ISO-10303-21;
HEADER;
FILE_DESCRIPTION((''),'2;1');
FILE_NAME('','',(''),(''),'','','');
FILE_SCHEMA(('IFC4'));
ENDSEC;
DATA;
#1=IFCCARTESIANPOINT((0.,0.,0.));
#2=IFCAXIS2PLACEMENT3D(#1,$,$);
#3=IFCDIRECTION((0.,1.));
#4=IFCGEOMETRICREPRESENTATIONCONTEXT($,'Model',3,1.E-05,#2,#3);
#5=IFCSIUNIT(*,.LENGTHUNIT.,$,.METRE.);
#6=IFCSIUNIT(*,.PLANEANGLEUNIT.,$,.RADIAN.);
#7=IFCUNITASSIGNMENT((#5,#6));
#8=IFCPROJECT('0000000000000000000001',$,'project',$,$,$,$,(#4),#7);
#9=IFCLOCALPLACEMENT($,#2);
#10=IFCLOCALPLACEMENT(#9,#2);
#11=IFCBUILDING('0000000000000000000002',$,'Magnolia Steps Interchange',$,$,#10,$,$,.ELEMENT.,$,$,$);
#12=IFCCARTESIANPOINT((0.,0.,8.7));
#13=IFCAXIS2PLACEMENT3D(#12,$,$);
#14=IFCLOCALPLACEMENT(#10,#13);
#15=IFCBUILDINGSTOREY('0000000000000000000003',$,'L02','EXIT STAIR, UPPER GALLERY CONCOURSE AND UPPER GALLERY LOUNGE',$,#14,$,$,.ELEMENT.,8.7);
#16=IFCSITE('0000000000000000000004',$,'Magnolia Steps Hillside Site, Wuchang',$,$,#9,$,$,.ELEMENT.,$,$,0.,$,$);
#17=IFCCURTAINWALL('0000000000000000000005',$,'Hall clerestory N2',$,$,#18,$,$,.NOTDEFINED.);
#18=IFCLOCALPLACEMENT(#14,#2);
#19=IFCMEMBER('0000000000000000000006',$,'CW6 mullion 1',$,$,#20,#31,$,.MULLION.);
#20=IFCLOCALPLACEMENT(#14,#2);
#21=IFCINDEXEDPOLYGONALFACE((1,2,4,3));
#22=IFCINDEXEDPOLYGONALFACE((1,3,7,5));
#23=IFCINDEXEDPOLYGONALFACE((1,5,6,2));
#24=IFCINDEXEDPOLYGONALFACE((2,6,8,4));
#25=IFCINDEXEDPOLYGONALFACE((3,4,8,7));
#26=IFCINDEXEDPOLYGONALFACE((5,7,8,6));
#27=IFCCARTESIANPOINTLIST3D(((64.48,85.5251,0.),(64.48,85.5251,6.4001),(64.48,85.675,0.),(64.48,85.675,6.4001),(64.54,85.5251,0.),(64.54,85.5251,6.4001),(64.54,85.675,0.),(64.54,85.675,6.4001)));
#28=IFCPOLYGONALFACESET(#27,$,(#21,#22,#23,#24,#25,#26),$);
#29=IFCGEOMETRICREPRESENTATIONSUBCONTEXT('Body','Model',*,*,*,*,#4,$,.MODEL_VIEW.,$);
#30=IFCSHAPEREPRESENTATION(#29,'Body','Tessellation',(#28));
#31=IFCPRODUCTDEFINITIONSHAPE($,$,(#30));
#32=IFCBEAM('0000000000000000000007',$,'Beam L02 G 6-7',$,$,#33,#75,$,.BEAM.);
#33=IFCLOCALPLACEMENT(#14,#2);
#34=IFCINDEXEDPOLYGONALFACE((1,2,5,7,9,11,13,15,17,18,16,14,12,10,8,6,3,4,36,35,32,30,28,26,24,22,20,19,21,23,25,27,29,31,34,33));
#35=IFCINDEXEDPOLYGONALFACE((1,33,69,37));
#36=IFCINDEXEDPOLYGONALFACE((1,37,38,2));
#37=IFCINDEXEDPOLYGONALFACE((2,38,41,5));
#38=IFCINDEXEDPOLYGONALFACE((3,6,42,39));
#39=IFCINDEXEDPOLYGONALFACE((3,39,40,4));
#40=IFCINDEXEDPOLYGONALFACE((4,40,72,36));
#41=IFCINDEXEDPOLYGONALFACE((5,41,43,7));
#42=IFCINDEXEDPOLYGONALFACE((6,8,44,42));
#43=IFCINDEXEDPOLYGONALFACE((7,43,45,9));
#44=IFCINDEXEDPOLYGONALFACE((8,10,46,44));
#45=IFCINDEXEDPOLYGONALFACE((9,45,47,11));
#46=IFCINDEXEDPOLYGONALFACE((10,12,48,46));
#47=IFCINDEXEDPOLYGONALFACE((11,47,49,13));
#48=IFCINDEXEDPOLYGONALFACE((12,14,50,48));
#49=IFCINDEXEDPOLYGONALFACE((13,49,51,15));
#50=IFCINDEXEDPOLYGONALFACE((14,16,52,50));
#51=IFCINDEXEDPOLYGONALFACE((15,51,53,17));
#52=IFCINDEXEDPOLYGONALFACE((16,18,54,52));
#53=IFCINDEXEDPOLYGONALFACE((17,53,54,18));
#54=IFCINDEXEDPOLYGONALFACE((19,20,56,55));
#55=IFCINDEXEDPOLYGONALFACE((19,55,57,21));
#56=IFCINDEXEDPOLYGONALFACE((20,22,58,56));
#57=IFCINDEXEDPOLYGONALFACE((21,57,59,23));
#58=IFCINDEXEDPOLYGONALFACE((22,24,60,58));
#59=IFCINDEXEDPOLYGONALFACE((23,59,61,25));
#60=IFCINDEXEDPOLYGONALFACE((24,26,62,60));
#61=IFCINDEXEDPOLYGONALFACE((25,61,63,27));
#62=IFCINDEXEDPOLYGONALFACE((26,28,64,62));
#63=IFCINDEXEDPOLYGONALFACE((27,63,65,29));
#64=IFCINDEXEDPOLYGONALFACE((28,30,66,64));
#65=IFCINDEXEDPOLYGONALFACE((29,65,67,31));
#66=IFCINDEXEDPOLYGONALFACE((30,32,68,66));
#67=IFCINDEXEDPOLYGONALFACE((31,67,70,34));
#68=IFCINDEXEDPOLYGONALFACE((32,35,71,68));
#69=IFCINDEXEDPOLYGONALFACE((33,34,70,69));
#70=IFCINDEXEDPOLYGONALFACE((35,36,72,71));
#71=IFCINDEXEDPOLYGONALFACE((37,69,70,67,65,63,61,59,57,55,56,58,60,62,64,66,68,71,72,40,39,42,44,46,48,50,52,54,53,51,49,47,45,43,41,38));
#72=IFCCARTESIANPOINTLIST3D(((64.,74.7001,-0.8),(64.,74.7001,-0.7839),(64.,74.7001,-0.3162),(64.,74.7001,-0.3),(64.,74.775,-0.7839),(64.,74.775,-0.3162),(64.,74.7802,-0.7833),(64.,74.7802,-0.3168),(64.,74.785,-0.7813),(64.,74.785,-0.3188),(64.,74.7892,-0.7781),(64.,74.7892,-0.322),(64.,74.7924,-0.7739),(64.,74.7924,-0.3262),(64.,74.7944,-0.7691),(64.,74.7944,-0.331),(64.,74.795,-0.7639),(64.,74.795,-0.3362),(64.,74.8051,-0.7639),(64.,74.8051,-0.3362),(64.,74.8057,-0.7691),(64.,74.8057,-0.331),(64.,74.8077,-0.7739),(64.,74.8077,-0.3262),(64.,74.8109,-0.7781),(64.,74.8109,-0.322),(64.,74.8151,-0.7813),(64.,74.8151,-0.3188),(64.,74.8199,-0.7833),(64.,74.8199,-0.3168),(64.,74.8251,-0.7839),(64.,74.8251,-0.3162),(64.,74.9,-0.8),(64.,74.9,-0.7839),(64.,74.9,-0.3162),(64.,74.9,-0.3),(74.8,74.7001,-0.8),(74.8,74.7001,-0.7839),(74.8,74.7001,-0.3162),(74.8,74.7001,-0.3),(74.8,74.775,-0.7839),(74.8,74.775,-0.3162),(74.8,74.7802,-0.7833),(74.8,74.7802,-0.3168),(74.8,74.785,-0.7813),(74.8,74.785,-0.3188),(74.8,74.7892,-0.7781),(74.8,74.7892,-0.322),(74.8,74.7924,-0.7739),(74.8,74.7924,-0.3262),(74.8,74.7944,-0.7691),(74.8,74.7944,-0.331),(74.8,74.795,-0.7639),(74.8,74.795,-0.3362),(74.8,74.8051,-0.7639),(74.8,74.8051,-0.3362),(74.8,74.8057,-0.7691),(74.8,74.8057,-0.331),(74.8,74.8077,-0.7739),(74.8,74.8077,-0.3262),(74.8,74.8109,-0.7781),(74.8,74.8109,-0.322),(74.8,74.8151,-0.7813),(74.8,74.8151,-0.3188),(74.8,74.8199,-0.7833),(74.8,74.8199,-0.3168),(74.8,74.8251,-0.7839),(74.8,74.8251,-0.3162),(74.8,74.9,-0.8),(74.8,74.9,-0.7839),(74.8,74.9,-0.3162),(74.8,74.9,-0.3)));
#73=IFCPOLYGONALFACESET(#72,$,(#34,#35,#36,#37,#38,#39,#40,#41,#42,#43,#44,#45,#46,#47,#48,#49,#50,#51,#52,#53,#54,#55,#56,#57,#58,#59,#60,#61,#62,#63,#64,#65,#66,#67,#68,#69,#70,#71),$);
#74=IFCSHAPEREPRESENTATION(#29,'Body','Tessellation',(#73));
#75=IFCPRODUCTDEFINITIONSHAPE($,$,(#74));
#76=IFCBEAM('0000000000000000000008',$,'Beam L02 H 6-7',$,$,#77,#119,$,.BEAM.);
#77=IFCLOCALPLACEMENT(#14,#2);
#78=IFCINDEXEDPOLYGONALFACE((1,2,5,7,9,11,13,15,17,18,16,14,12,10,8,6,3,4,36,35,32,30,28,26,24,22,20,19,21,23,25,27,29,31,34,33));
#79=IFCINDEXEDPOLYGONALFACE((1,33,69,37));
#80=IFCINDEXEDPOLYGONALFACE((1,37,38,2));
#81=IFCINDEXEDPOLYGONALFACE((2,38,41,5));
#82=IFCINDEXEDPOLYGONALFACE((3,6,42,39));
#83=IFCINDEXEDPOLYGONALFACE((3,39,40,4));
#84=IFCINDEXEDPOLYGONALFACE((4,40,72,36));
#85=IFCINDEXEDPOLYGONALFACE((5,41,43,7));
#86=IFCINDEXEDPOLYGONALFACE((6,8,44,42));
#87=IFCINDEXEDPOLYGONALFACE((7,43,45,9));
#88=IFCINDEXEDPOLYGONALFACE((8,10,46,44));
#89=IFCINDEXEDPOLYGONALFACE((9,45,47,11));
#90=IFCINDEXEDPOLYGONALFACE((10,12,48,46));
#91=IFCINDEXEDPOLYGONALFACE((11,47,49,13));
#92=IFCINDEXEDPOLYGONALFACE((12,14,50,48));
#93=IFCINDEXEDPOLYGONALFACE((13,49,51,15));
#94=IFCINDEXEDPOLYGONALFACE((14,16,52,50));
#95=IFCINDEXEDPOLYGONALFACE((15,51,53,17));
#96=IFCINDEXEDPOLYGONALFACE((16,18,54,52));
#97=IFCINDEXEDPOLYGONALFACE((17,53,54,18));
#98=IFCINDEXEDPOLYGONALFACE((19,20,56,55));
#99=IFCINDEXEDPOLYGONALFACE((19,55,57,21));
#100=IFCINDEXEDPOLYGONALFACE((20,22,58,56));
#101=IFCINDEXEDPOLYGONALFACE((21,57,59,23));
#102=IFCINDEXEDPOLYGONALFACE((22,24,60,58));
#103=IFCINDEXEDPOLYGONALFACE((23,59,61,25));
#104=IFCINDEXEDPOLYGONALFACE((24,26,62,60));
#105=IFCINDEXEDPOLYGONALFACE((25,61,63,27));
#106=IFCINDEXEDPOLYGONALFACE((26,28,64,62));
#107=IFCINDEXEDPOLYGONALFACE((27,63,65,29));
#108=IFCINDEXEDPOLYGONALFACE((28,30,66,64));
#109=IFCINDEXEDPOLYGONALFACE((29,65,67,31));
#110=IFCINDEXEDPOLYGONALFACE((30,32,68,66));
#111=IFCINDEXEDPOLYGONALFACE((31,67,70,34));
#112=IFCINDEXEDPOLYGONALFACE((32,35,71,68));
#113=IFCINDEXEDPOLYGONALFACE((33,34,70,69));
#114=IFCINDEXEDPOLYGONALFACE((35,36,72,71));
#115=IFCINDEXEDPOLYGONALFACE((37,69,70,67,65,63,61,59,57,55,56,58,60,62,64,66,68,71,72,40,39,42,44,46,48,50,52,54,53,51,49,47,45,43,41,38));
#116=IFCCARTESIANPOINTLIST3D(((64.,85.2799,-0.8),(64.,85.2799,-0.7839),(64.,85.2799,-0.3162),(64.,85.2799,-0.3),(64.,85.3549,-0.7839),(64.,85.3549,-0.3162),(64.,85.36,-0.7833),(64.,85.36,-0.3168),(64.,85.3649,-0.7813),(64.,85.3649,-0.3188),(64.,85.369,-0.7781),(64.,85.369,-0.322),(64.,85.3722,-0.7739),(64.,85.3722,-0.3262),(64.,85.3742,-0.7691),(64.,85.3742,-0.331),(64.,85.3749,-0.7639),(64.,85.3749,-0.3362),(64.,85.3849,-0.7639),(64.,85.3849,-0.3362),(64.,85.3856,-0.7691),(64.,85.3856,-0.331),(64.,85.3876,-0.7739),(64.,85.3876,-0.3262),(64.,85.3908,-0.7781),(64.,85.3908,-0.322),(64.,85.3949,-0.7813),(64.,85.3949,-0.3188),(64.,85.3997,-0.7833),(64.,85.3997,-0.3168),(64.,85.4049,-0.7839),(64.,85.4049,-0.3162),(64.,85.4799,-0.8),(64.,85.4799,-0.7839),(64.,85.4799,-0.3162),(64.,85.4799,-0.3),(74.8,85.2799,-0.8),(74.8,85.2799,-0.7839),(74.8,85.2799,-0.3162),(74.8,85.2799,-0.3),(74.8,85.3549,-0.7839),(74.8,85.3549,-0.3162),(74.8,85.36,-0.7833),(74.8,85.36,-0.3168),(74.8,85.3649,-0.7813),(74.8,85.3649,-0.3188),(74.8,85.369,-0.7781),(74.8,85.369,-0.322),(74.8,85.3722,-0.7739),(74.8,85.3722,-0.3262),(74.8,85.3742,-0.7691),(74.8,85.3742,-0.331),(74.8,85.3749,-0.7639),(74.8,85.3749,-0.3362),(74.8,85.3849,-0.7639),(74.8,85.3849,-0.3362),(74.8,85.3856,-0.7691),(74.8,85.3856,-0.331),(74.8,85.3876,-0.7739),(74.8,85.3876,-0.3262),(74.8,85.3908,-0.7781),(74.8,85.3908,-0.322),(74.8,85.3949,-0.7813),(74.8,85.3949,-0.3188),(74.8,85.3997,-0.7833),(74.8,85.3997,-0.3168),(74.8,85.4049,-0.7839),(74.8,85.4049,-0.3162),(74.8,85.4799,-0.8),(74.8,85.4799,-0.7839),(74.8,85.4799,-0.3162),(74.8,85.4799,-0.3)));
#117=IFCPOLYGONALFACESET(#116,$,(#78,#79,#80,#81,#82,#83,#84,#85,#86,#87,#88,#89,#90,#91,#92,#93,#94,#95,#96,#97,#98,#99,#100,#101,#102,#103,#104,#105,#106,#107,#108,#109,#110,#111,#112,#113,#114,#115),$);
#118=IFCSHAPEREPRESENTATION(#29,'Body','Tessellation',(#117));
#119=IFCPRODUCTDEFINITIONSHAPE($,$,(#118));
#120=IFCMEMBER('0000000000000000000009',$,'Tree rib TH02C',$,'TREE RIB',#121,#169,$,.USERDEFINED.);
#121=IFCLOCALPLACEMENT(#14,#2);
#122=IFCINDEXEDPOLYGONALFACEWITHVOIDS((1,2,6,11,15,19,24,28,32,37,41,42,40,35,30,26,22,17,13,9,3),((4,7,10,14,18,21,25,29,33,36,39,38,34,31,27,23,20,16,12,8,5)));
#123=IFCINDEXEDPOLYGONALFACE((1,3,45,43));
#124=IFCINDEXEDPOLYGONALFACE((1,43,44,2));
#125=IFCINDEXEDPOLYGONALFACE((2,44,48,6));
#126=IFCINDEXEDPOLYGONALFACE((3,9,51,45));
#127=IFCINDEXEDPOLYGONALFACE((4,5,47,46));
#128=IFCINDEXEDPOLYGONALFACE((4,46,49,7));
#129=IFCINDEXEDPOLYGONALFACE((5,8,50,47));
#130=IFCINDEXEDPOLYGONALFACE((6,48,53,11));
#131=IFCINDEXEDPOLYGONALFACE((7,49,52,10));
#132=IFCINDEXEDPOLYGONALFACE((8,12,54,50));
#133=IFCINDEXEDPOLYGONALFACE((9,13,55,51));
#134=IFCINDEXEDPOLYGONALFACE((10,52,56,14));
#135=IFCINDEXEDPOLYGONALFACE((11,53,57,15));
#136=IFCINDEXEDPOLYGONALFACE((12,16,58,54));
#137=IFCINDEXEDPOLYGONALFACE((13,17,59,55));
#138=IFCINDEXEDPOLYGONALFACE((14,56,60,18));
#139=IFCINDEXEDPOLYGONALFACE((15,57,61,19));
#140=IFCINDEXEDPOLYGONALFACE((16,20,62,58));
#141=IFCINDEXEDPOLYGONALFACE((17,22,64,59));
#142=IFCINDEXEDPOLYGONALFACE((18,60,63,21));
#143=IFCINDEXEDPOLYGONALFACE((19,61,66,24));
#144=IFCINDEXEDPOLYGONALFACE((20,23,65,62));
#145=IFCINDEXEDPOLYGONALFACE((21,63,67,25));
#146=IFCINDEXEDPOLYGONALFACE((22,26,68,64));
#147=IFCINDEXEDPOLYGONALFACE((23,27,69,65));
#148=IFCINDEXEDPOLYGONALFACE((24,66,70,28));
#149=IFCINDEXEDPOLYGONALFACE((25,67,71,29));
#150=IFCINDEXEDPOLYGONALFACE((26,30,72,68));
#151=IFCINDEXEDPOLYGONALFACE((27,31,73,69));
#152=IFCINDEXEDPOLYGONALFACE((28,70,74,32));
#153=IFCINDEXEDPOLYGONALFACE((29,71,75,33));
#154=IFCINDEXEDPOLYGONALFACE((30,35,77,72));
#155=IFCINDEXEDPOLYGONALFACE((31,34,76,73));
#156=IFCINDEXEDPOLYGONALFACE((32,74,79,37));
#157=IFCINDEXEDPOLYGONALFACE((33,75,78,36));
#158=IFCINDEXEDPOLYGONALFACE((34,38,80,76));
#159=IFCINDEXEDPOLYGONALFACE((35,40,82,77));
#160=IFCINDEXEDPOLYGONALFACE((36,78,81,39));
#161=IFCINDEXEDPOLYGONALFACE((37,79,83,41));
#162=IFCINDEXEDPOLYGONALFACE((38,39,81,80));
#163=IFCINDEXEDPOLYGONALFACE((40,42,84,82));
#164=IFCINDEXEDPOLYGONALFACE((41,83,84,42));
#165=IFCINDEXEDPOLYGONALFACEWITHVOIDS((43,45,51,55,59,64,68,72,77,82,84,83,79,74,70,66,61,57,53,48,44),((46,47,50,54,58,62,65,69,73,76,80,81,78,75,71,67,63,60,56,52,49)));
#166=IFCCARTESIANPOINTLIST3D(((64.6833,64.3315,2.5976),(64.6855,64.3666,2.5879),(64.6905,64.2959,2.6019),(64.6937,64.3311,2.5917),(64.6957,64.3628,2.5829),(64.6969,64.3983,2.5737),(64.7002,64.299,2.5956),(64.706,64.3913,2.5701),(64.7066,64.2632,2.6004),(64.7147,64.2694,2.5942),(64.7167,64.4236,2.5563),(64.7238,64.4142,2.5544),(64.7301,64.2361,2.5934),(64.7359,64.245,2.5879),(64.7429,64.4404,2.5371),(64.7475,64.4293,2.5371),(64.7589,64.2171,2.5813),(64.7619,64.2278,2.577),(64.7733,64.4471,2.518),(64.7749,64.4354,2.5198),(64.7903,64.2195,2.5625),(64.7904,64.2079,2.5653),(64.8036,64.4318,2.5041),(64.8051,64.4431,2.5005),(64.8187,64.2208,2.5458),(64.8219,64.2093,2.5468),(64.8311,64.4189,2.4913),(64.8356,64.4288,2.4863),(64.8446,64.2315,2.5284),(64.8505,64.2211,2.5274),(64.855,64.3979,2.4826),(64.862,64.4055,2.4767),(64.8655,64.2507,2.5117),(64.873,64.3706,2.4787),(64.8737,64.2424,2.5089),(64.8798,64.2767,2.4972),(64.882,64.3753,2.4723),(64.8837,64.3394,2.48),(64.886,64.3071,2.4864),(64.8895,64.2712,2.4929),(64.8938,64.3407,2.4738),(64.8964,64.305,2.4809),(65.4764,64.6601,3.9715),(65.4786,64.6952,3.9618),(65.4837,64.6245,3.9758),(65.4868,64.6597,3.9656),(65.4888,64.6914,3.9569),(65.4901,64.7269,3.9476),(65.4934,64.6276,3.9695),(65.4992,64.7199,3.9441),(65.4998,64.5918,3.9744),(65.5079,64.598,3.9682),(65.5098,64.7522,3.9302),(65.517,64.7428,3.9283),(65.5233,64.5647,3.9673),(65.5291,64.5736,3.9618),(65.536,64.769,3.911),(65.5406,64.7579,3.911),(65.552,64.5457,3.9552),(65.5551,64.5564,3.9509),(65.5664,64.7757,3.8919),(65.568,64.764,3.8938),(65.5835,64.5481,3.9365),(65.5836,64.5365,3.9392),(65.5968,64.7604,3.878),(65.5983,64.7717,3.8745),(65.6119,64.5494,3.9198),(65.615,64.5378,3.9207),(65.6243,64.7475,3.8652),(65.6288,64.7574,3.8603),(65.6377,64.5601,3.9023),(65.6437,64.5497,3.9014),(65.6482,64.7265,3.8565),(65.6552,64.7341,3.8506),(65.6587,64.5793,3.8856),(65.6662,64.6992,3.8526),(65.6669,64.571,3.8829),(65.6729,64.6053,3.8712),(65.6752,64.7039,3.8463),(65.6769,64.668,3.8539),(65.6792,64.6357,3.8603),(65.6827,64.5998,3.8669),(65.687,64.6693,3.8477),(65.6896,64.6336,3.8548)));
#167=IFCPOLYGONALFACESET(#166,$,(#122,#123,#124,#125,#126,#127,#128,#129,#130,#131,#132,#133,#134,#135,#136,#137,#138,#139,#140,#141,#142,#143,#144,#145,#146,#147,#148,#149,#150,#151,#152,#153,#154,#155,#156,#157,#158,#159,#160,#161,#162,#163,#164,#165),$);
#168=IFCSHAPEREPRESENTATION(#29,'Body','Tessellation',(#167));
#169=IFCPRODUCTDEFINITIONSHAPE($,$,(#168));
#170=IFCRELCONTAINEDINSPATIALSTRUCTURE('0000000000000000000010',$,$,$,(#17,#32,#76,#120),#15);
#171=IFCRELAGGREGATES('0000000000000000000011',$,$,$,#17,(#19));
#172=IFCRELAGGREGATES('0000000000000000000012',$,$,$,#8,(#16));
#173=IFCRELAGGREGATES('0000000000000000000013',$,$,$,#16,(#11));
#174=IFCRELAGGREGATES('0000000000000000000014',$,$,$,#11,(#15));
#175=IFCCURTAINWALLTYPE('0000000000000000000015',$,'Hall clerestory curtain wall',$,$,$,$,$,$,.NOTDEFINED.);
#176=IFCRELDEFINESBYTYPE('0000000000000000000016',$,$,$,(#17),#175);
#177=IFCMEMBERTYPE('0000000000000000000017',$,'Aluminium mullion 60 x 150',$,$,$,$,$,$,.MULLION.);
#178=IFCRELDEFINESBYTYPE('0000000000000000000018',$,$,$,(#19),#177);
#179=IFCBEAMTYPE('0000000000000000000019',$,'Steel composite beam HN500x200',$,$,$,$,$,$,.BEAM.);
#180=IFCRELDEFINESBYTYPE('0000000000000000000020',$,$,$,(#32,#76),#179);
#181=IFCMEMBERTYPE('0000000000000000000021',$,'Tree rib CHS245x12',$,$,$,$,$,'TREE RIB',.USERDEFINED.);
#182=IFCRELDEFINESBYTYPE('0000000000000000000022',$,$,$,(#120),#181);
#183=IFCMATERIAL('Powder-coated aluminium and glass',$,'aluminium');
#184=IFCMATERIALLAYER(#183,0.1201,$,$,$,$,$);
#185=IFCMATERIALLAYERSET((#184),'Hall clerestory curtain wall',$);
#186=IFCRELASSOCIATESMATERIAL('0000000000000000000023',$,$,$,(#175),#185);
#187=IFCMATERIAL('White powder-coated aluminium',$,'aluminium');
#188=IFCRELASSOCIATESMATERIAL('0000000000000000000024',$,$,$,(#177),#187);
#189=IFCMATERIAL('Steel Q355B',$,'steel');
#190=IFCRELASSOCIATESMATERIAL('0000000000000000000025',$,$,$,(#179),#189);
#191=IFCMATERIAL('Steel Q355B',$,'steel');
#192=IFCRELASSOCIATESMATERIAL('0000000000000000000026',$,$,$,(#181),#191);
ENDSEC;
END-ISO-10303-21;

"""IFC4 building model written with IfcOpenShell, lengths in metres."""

from ifc_helpers import new_model, si_unit, direction, frame, origin, origin_2d, place, context, subcontext, project, spatial, rectangle, hollow_circle, i_section, extrude, material, layer, layer_set, material_profile, profile_set, type_object, element, aggregate, save


model = new_model("IFC4")

# Units and contexts
model_context = context("Model", 3, precision=1e-05, world=origin(), true_north=direction((0.0, 1.0)))
body_context = subcontext(model_context, "Body", "Model", "MODEL_VIEW")
ifc_project = project(units=[si_unit("LENGTHUNIT", "METRE"), si_unit("PLANEANGLEUNIT", "RADIAN")], contexts=[model_context])

# Site, building, storey
site_placement = place(None, origin())
site = spatial("IfcSite", under=ifc_project, at=site_placement, Name="Magnolia Steps Hillside Site, Wuchang", CompositionType="ELEMENT", RefElevation=0.0)
building_placement = place(site_placement, origin())
building = spatial("IfcBuilding", under=site, at=building_placement, Name="Magnolia Steps Interchange", CompositionType="ELEMENT")
storey_placement = place(building_placement, frame((0.0, 0.0, 8.7)))
storey = spatial("IfcBuildingStorey", under=building, at=storey_placement, Name="L02", Description="EXIT STAIR, UPPER GALLERY CONCOURSE AND UPPER GALLERY LOUNGE", CompositionType="ELEMENT", Elevation=8.7)

# Curtain wall, member
ifc_material_1 = material(Name="Powder-coated aluminium and glass", Category="aluminium")
ifc_layer_1 = layer(ifc_material_1, 0.1201)
ifc_layer_set_1 = layer_set([ifc_layer_1], Name="Hall clerestory curtain wall")
curtain_wall_type = type_object("IfcCurtainWallType", Name="Hall clerestory curtain wall", PredefinedType="NOTDEFINED", material=ifc_layer_set_1)
curtain_wall_placement = place(storey_placement, origin())
curtain_wall = element("IfcCurtainWall", 1, at=curtain_wall_placement, inside=storey, type_object=curtain_wall_type, Name="Hall clerestory N2", PredefinedType="NOTDEFINED")
ifc_material_2 = material(Name="White powder-coated aluminium", Category="aluminium")
ifc_material_profile_1 = material_profile(ifc_material_2, rectangle(XDim=0.0601, YDim=0.1499, at=origin_2d()), Name="Aluminium mullion 60 x 150")
ifc_profile_set_1 = profile_set([ifc_material_profile_1], Name="White powder-coated aluminium")
member_type_1 = type_object("IfcMemberType", Name="Aluminium mullion 60 x 150", PredefinedType="MULLION", material=ifc_profile_set_1)
member_1_placement = place(storey_placement, frame((64.51, 85.6001, 0.0), z_axis=(0.0, 0.0, 1.0), x_axis=(1.0, 0.0, 0.0)))
member_1 = element("IfcMember", 2, at=member_1_placement, type_object=member_type_1, Name="CW6 mullion 1", PredefinedType="MULLION", context=body_context, shape_type="SweptSolid", body=[
    extrude(rectangle(XDim=0.0601, YDim=0.1499, at=origin_2d()), origin(), (0.0, 0.0, 1.0), 6.4001),
])
aggregate(curtain_wall, [member_1])

# Beams
ifc_material_3 = material(Name="Steel Q355B", Category="steel")
ifc_material_profile_2 = material_profile(ifc_material_3, i_section(OverallWidth=0.2, OverallDepth=0.5, WebThickness=0.01, FlangeThickness=0.0161, FilletRadius=0.02, at=origin_2d()), Name="HN500x200")
ifc_profile_set_2 = profile_set([ifc_material_profile_2], Name="Steel Q355B")
beam_type = type_object("IfcBeamType", Name="Steel composite beam HN500x200", PredefinedType="BEAM", material=ifc_profile_set_2)
for number, where, z_axis, x_axis, name in (
    (3, (64.0, 74.8, -0.55), (1.0, 0.0, 0.0), (0.0, 1.0, 0.0), "Beam L02 G 6-7"),
    (4, (64.0, 85.3799, -0.55), (1.0, 0.0, 0.0), (0.0, 1.0, 0.0), "Beam L02 H 6-7"),
):
    element("IfcBeam", number, at=place(storey_placement, frame(where, z_axis=z_axis, x_axis=x_axis)), inside=storey, type_object=beam_type, Name=name, PredefinedType="BEAM", context=body_context, shape_type="SweptSolid", body=[
        extrude(i_section(OverallWidth=0.2, OverallDepth=0.5, WebThickness=0.01, FlangeThickness=0.0161, FilletRadius=0.02, at=origin_2d()), origin(), (0.0, 0.0, 1.0), 10.8),
    ])

# Member
ifc_material_4 = material(Name="Steel Q355B", Category="steel")
ifc_material_profile_3 = material_profile(ifc_material_4, hollow_circle(Radius=0.1226, WallThickness=0.012, at=origin_2d()), Name="CHS245x12")
ifc_profile_set_3 = profile_set([ifc_material_profile_3], Name="Steel Q355B")
member_type_2 = type_object("IfcMemberType", Name="Tree rib CHS245x12", ElementType="TREE RIB", PredefinedType="USERDEFINED", material=ifc_profile_set_3)
member_2_placement = place(storey_placement, frame((64.7898, 64.3271, 2.5371), z_axis=(0.489571, 0.20282, 0.848047), x_axis=(-0.382737, 0.923857, 0.0)))
element("IfcMember", 5, at=member_2_placement, inside=storey, type_object=member_type_2, Name="Tree rib TH02C", ObjectType="TREE RIB", PredefinedType="USERDEFINED", context=body_context, shape_type="SweptSolid", body=[
    extrude(hollow_circle(Radius=0.1226, WallThickness=0.012, at=origin_2d()), origin(), (0.0, 0.0, 1.0), 1.6201),
])

save(model, "model.ifc")
